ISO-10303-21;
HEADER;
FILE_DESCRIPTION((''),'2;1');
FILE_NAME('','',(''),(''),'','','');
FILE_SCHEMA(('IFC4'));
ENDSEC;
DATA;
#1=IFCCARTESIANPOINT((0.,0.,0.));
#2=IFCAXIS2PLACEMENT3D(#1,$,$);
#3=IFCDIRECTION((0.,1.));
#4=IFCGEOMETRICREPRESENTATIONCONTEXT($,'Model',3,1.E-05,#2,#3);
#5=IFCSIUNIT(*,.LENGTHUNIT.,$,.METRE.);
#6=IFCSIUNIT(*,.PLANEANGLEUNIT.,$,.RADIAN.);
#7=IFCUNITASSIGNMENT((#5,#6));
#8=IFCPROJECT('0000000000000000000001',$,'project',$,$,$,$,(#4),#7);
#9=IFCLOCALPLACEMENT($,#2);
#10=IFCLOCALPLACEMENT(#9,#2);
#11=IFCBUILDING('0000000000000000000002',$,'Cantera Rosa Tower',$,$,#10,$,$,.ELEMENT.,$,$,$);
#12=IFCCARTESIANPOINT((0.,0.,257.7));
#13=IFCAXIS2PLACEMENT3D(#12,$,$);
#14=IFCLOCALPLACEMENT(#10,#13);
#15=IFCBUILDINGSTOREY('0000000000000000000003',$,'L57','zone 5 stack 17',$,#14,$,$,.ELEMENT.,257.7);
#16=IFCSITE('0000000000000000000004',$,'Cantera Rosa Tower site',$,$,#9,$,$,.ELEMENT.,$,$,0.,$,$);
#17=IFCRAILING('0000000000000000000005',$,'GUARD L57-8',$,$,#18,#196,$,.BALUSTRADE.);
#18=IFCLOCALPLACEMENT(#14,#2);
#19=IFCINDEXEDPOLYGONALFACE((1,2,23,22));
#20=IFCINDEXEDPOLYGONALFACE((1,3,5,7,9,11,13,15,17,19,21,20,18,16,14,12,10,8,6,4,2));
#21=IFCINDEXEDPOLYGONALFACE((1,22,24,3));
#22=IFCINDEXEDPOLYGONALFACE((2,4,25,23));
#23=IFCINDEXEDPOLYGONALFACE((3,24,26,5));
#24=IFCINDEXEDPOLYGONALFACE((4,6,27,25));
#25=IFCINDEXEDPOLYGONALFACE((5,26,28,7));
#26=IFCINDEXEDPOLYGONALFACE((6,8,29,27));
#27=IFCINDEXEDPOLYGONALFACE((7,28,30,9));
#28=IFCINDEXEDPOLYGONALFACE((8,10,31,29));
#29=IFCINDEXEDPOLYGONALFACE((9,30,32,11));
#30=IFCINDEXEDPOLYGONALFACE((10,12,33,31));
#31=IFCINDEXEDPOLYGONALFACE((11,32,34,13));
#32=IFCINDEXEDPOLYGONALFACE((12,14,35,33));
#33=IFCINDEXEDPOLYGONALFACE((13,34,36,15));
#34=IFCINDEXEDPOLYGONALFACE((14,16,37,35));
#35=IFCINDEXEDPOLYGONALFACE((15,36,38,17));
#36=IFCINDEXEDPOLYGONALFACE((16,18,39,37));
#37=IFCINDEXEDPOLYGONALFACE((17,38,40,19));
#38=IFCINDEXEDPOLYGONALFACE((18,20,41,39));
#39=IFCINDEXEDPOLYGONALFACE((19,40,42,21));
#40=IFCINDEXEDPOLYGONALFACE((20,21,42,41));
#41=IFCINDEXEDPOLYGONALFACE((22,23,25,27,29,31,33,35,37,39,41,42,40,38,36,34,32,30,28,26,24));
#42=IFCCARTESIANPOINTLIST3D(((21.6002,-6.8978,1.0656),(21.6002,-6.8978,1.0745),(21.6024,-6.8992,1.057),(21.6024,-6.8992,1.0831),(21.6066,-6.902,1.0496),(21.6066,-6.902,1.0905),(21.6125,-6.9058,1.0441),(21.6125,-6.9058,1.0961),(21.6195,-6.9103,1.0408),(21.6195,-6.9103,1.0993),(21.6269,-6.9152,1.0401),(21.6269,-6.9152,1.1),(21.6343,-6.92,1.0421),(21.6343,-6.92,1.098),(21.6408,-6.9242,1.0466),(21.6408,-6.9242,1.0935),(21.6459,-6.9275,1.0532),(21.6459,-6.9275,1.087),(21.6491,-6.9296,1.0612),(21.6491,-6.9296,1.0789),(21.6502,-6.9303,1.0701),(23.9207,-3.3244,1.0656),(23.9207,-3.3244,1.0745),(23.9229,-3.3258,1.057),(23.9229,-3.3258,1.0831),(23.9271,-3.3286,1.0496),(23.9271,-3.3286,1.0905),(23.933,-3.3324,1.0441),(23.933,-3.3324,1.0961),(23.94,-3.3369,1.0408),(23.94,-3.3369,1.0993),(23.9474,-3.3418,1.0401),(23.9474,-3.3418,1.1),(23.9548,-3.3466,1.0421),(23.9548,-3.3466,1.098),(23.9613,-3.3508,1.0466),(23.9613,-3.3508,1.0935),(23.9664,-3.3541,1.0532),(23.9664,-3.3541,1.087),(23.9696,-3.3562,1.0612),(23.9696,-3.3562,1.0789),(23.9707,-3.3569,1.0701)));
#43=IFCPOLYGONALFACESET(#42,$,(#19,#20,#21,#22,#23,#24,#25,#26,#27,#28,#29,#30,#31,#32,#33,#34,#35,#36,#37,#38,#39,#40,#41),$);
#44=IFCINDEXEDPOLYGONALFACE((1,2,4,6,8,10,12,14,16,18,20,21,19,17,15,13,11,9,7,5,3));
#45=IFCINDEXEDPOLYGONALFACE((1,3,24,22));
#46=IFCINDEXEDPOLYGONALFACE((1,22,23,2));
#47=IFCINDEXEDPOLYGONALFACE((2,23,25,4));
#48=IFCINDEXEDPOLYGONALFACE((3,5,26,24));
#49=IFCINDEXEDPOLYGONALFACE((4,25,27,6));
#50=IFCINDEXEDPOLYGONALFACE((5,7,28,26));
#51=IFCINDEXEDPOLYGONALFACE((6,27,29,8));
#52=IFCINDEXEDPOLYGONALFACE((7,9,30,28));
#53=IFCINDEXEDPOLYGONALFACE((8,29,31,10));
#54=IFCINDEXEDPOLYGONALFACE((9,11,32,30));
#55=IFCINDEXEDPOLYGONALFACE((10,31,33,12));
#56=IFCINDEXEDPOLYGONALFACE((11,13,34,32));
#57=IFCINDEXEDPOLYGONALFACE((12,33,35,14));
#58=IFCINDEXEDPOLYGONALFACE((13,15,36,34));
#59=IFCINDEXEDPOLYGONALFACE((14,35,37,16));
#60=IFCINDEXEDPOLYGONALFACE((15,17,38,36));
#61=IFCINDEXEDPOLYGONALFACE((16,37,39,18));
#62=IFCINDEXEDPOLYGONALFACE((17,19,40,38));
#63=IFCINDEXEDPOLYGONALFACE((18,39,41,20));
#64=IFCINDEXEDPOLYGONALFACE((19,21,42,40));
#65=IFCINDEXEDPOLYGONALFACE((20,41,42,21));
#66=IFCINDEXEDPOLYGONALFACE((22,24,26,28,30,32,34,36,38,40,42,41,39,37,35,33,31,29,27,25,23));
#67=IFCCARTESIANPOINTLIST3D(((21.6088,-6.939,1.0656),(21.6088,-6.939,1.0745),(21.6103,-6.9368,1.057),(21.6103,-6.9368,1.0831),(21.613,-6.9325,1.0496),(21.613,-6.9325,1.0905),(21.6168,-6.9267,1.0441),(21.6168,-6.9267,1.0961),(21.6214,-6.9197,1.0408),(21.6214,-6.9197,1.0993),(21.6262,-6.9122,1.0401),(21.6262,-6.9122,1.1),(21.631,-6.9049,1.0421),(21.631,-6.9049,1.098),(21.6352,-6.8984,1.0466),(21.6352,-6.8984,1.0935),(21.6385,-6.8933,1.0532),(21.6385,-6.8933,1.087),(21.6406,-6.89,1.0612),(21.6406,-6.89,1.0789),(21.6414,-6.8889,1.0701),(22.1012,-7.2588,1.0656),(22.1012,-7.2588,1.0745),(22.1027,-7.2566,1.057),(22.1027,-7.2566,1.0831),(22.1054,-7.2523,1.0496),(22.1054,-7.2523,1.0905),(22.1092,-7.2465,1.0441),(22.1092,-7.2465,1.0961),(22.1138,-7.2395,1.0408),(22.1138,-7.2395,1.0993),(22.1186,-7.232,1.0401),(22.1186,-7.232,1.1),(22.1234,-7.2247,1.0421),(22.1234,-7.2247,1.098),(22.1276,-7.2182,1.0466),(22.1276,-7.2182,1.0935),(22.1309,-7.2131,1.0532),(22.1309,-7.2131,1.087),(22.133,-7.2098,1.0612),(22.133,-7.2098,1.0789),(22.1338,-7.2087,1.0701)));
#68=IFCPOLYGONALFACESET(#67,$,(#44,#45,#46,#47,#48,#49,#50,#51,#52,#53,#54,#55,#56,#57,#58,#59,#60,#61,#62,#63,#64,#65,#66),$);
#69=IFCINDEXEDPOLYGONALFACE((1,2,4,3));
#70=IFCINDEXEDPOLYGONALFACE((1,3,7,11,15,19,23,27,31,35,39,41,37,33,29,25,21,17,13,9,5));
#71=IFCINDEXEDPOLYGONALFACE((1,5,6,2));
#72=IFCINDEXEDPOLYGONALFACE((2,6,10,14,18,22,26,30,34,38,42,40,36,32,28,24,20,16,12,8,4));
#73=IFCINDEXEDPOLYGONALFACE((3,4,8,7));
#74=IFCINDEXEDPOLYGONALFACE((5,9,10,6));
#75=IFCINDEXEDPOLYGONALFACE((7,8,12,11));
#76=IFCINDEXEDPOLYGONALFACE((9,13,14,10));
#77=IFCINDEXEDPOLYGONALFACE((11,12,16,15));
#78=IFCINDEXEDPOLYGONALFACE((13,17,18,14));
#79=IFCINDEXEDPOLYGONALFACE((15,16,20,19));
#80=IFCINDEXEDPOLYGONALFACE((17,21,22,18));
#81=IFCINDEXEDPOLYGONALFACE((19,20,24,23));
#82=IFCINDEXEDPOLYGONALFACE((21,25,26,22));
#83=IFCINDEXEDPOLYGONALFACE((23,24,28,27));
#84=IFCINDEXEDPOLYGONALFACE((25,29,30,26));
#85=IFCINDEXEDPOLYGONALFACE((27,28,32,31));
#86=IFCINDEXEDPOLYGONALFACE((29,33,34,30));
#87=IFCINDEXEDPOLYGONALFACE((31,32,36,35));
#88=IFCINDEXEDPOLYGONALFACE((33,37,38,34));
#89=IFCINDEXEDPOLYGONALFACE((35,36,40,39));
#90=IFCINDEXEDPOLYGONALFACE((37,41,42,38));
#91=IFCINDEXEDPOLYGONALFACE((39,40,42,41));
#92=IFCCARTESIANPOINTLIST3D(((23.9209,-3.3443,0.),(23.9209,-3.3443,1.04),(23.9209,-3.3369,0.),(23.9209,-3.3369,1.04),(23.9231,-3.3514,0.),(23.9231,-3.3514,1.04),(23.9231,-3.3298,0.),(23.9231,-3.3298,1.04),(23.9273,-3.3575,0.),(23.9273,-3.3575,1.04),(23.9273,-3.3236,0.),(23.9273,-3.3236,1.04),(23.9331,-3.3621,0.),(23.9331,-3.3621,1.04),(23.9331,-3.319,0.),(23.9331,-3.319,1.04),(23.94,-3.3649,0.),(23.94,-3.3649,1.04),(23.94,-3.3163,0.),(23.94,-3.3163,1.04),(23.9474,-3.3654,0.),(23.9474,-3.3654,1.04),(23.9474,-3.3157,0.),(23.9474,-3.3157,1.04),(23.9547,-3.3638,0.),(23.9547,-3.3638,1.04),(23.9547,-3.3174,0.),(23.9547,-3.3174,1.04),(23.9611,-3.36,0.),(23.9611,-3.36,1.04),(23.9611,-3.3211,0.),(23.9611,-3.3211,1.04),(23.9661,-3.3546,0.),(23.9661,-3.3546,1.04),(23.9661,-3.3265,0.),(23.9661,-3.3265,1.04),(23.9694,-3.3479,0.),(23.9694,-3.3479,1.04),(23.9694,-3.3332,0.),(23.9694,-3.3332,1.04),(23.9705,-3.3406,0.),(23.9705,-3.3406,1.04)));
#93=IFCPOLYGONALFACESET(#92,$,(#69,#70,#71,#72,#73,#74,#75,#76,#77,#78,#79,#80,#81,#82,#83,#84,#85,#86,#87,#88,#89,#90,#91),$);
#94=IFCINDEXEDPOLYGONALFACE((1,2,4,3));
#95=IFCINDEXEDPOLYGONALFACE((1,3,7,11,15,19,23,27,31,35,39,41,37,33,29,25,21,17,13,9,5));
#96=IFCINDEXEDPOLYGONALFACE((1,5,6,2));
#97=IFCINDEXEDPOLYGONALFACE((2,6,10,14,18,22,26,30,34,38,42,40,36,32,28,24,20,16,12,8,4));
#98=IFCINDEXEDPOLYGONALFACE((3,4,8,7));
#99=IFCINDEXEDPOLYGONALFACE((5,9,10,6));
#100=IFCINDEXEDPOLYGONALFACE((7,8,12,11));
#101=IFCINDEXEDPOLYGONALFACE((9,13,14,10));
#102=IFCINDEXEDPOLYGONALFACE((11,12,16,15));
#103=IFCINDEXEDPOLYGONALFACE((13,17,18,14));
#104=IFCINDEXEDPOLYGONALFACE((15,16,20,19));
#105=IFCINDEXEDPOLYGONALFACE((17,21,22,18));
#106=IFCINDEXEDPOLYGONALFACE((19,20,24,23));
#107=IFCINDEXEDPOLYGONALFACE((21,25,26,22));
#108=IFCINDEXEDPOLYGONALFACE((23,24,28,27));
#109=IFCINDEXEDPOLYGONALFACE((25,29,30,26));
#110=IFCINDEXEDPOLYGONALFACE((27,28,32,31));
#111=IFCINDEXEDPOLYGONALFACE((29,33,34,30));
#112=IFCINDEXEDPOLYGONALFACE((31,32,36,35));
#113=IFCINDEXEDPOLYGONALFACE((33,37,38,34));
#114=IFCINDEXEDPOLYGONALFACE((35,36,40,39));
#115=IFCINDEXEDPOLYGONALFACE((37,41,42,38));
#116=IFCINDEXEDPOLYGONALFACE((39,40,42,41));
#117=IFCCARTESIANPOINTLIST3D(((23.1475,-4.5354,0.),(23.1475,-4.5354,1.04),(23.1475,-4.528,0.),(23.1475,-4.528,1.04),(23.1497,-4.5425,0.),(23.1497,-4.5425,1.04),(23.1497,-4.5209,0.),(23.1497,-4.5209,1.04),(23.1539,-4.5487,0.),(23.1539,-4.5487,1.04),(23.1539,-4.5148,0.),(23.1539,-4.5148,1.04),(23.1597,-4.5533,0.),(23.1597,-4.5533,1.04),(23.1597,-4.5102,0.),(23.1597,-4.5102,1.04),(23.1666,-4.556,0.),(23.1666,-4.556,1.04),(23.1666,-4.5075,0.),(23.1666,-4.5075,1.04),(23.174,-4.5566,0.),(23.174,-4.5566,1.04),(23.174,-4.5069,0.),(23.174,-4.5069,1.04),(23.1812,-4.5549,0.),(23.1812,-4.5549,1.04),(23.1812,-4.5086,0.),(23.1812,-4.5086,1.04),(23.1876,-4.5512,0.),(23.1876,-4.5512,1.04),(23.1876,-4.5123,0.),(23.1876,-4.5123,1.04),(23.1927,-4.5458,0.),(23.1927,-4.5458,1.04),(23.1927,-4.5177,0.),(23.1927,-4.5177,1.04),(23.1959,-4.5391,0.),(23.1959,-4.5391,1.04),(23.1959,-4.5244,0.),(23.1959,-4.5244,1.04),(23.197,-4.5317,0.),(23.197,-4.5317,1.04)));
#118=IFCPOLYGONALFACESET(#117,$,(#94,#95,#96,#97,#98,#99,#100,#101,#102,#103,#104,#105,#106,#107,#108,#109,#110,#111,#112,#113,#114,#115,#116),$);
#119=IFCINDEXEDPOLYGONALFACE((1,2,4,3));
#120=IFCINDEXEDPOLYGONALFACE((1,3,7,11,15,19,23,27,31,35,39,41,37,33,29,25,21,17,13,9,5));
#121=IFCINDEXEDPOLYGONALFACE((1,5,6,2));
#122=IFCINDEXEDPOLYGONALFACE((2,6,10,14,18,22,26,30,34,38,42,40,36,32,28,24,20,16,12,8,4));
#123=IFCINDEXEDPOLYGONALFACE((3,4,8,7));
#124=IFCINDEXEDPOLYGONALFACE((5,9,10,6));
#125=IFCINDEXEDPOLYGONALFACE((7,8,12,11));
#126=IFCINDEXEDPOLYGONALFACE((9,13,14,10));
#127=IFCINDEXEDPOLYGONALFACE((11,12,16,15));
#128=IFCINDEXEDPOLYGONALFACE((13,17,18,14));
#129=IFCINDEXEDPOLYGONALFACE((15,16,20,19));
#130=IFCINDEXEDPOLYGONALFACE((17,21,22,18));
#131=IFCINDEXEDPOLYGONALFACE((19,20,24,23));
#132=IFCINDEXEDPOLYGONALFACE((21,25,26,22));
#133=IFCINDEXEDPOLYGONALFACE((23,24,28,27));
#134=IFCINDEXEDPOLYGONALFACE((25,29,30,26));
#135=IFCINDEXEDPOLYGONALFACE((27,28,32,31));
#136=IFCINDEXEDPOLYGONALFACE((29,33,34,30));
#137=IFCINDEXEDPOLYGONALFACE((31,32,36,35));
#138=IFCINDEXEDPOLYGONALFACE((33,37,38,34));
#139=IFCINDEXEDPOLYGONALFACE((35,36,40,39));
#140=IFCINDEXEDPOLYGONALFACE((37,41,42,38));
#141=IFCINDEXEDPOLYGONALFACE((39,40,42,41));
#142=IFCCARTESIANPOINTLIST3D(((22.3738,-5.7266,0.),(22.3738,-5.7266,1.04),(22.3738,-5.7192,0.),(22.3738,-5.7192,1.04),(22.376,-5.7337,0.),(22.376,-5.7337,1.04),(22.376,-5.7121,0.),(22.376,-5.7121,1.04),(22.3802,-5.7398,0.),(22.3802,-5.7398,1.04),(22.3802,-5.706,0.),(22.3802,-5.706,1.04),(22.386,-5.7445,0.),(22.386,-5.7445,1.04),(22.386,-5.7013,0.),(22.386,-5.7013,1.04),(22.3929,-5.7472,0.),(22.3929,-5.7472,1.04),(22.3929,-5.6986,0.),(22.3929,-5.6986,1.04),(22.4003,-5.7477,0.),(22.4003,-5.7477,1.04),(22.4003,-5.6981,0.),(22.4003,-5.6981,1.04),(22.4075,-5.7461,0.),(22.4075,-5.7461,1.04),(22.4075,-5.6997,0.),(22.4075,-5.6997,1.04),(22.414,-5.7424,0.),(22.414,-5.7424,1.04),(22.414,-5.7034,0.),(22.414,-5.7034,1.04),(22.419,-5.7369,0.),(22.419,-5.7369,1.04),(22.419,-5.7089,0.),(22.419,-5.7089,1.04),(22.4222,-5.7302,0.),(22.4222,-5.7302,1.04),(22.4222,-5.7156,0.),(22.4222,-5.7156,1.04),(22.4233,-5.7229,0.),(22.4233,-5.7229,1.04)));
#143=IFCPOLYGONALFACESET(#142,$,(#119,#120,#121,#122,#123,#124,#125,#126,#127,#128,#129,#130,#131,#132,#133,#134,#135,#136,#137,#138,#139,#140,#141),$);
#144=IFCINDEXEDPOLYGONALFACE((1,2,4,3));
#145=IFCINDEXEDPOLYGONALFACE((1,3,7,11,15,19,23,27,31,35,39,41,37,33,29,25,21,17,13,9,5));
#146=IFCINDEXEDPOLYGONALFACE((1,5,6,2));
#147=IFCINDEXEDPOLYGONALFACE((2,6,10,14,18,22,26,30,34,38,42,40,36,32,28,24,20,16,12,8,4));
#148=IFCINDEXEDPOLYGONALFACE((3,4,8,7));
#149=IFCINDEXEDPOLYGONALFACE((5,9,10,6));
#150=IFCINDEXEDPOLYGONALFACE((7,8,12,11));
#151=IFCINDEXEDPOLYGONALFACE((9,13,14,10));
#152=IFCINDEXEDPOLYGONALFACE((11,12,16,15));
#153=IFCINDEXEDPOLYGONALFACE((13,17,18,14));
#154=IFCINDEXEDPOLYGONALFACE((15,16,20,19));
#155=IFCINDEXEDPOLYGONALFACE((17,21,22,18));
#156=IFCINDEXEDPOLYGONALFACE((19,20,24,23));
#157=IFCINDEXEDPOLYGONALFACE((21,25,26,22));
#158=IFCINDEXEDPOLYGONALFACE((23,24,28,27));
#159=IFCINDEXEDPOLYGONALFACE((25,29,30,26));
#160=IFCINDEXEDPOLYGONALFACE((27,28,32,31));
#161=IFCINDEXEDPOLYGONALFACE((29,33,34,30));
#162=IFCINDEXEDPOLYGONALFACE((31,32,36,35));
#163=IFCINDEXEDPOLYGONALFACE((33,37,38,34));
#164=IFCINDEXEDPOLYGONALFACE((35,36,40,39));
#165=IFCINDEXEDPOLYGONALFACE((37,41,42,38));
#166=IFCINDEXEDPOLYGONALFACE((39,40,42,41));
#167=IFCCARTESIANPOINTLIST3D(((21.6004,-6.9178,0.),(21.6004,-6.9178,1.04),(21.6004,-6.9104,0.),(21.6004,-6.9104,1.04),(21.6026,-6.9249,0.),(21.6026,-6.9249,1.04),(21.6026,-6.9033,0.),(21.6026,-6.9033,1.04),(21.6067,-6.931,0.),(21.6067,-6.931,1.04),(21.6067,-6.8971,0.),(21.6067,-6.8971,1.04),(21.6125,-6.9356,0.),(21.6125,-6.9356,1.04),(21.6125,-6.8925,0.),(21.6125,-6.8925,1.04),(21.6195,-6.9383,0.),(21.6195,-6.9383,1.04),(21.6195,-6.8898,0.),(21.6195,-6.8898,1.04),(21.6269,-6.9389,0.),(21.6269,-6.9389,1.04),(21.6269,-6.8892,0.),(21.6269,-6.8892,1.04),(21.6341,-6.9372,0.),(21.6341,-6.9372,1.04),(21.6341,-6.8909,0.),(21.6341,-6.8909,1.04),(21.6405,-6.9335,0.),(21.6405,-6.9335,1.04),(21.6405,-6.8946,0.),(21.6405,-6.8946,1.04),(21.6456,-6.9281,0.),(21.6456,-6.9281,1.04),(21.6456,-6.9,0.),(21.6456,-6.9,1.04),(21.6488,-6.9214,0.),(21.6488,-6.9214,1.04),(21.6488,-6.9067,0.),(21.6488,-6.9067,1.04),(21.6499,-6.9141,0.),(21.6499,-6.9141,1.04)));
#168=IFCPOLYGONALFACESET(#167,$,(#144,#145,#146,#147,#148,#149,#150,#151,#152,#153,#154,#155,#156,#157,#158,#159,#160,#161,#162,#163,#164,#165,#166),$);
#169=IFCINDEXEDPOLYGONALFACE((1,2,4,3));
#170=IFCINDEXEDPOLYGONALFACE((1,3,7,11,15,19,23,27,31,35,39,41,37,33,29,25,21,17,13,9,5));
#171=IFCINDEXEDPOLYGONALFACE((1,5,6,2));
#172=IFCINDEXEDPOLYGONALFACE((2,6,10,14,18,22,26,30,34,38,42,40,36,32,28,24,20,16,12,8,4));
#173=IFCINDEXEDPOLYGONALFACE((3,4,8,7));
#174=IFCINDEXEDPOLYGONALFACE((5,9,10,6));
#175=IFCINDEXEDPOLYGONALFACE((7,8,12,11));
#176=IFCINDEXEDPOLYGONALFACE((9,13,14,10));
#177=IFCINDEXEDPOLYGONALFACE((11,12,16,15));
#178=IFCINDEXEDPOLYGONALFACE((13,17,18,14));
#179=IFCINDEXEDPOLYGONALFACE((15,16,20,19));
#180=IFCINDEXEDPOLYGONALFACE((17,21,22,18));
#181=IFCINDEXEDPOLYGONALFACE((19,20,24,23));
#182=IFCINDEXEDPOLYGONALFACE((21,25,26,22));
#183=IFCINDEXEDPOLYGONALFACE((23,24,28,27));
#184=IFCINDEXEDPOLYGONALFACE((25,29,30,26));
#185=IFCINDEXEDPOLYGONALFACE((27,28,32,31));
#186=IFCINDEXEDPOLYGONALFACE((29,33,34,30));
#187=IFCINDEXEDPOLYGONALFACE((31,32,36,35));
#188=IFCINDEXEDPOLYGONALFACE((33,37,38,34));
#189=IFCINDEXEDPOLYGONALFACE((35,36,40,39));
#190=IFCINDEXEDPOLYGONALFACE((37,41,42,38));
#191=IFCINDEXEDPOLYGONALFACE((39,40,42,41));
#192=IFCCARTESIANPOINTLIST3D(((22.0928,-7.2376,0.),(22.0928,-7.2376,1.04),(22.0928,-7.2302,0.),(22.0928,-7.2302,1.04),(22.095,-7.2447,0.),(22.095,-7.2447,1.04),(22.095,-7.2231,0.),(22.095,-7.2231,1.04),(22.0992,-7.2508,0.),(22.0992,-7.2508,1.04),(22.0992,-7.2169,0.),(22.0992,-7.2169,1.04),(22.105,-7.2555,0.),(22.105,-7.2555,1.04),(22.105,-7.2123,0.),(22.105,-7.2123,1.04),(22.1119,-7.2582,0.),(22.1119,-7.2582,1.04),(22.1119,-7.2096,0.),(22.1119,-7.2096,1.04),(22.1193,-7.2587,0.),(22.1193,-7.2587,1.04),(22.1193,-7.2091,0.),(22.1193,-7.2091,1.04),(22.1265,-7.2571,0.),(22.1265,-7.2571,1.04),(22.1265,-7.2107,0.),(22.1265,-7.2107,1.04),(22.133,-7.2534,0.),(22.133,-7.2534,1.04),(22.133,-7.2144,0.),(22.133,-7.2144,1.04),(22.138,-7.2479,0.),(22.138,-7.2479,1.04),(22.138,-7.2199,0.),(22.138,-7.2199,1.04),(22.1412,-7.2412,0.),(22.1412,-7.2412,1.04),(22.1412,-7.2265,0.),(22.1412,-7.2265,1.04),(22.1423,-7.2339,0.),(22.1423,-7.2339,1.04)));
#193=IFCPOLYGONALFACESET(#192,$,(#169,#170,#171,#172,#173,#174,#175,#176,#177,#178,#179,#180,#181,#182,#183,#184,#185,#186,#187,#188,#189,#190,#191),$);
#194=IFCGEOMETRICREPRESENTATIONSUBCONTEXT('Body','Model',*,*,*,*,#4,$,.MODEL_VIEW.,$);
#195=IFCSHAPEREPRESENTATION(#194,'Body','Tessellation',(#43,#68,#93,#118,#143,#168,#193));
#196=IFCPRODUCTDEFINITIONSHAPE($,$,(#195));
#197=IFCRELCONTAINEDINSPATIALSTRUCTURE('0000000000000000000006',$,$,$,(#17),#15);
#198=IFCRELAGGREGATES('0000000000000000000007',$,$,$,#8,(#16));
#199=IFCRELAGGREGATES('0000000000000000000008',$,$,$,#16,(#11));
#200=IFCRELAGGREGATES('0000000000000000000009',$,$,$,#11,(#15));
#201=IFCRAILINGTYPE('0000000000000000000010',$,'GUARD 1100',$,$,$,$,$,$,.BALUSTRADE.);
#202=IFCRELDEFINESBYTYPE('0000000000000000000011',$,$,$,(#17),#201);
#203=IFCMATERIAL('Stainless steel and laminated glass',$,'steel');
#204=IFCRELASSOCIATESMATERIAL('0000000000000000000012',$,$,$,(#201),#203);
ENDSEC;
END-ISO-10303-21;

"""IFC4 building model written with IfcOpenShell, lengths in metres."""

from ifc_helpers import new_model, si_unit, direction, frame, origin, origin_2d, place, context, subcontext, project, spatial, circle, extrude, material, type_object, element, save


model = new_model("IFC4")

# Units and contexts
model_context = context("Model", 3, precision=1e-05, world=origin(), true_north=direction((0.0, 1.0)))
body_context = subcontext(model_context, "Body", "Model", "MODEL_VIEW")
ifc_project = project(units=[si_unit("LENGTHUNIT", "METRE"), si_unit("PLANEANGLEUNIT", "RADIAN")], contexts=[model_context])

# Site, building, storey
site_placement = place(None, origin())
site = spatial("IfcSite", under=ifc_project, at=site_placement, Name="Cantera Rosa Tower site", CompositionType="ELEMENT", RefElevation=0.0)
building_placement = place(site_placement, origin())
building = spatial("IfcBuilding", under=site, at=building_placement, Name="Cantera Rosa Tower", CompositionType="ELEMENT")
storey_placement = place(building_placement, frame((0.0, 0.0, 257.7)))
storey = spatial("IfcBuildingStorey", under=building, at=storey_placement, Name="L57", Description="zone 5 stack 17", CompositionType="ELEMENT", Elevation=257.7)

# Railing
ifc_material_1 = material(Name="Stainless steel and laminated glass", Category="steel")
railing_type_1 = type_object("IfcRailingType", Name="GUARD 1100", PredefinedType="BALUSTRADE", material=ifc_material_1)
railing_1_placement = place(storey_placement, frame((23.9456, -3.3406, 0.0)))
element("IfcRailing", 1, at=railing_1_placement, inside=storey, type_object=railing_type_1, Name="GUARD L57-8", PredefinedType="BALUSTRADE", context=body_context, shape_type="SweptSolid", body=[
    extrude(circle(Radius=0.03, at=origin_2d()), frame((0.0, 0.0, 1.0701), z_axis=(-0.544624, -0.83868, 0.0), x_axis=(0.83868, -0.544624, 0.0)), (0.0, 0.0, 1.0), 4.2607),
    extrude(circle(Radius=0.03, at=origin_2d()), frame((-2.3206, -3.5735, 1.0701), z_axis=(0.838643, -0.544681, 0.0), x_axis=(0.544681, 0.838643, 0.0)), (0.0, 0.0, 1.0), 0.5872),
    extrude(circle(Radius=0.0249, at=origin_2d()), origin(), (0.0, 0.0, 1.0), 1.04),
    extrude(circle(Radius=0.0249, at=origin_2d()), frame((-0.7734, -1.1912, 0.0)), (0.0, 0.0, 1.0), 1.04),
    extrude(circle(Radius=0.0249, at=origin_2d()), frame((-1.5471, -2.3823, 0.0)), (0.0, 0.0, 1.0), 1.04),
    extrude(circle(Radius=0.0249, at=origin_2d()), frame((-2.3206, -3.5735, 0.0)), (0.0, 0.0, 1.0), 1.04),
    extrude(circle(Radius=0.0249, at=origin_2d()), frame((-1.8281, -3.8933, 0.0)), (0.0, 0.0, 1.0), 1.04),
])

save(model, "model.ifc")
